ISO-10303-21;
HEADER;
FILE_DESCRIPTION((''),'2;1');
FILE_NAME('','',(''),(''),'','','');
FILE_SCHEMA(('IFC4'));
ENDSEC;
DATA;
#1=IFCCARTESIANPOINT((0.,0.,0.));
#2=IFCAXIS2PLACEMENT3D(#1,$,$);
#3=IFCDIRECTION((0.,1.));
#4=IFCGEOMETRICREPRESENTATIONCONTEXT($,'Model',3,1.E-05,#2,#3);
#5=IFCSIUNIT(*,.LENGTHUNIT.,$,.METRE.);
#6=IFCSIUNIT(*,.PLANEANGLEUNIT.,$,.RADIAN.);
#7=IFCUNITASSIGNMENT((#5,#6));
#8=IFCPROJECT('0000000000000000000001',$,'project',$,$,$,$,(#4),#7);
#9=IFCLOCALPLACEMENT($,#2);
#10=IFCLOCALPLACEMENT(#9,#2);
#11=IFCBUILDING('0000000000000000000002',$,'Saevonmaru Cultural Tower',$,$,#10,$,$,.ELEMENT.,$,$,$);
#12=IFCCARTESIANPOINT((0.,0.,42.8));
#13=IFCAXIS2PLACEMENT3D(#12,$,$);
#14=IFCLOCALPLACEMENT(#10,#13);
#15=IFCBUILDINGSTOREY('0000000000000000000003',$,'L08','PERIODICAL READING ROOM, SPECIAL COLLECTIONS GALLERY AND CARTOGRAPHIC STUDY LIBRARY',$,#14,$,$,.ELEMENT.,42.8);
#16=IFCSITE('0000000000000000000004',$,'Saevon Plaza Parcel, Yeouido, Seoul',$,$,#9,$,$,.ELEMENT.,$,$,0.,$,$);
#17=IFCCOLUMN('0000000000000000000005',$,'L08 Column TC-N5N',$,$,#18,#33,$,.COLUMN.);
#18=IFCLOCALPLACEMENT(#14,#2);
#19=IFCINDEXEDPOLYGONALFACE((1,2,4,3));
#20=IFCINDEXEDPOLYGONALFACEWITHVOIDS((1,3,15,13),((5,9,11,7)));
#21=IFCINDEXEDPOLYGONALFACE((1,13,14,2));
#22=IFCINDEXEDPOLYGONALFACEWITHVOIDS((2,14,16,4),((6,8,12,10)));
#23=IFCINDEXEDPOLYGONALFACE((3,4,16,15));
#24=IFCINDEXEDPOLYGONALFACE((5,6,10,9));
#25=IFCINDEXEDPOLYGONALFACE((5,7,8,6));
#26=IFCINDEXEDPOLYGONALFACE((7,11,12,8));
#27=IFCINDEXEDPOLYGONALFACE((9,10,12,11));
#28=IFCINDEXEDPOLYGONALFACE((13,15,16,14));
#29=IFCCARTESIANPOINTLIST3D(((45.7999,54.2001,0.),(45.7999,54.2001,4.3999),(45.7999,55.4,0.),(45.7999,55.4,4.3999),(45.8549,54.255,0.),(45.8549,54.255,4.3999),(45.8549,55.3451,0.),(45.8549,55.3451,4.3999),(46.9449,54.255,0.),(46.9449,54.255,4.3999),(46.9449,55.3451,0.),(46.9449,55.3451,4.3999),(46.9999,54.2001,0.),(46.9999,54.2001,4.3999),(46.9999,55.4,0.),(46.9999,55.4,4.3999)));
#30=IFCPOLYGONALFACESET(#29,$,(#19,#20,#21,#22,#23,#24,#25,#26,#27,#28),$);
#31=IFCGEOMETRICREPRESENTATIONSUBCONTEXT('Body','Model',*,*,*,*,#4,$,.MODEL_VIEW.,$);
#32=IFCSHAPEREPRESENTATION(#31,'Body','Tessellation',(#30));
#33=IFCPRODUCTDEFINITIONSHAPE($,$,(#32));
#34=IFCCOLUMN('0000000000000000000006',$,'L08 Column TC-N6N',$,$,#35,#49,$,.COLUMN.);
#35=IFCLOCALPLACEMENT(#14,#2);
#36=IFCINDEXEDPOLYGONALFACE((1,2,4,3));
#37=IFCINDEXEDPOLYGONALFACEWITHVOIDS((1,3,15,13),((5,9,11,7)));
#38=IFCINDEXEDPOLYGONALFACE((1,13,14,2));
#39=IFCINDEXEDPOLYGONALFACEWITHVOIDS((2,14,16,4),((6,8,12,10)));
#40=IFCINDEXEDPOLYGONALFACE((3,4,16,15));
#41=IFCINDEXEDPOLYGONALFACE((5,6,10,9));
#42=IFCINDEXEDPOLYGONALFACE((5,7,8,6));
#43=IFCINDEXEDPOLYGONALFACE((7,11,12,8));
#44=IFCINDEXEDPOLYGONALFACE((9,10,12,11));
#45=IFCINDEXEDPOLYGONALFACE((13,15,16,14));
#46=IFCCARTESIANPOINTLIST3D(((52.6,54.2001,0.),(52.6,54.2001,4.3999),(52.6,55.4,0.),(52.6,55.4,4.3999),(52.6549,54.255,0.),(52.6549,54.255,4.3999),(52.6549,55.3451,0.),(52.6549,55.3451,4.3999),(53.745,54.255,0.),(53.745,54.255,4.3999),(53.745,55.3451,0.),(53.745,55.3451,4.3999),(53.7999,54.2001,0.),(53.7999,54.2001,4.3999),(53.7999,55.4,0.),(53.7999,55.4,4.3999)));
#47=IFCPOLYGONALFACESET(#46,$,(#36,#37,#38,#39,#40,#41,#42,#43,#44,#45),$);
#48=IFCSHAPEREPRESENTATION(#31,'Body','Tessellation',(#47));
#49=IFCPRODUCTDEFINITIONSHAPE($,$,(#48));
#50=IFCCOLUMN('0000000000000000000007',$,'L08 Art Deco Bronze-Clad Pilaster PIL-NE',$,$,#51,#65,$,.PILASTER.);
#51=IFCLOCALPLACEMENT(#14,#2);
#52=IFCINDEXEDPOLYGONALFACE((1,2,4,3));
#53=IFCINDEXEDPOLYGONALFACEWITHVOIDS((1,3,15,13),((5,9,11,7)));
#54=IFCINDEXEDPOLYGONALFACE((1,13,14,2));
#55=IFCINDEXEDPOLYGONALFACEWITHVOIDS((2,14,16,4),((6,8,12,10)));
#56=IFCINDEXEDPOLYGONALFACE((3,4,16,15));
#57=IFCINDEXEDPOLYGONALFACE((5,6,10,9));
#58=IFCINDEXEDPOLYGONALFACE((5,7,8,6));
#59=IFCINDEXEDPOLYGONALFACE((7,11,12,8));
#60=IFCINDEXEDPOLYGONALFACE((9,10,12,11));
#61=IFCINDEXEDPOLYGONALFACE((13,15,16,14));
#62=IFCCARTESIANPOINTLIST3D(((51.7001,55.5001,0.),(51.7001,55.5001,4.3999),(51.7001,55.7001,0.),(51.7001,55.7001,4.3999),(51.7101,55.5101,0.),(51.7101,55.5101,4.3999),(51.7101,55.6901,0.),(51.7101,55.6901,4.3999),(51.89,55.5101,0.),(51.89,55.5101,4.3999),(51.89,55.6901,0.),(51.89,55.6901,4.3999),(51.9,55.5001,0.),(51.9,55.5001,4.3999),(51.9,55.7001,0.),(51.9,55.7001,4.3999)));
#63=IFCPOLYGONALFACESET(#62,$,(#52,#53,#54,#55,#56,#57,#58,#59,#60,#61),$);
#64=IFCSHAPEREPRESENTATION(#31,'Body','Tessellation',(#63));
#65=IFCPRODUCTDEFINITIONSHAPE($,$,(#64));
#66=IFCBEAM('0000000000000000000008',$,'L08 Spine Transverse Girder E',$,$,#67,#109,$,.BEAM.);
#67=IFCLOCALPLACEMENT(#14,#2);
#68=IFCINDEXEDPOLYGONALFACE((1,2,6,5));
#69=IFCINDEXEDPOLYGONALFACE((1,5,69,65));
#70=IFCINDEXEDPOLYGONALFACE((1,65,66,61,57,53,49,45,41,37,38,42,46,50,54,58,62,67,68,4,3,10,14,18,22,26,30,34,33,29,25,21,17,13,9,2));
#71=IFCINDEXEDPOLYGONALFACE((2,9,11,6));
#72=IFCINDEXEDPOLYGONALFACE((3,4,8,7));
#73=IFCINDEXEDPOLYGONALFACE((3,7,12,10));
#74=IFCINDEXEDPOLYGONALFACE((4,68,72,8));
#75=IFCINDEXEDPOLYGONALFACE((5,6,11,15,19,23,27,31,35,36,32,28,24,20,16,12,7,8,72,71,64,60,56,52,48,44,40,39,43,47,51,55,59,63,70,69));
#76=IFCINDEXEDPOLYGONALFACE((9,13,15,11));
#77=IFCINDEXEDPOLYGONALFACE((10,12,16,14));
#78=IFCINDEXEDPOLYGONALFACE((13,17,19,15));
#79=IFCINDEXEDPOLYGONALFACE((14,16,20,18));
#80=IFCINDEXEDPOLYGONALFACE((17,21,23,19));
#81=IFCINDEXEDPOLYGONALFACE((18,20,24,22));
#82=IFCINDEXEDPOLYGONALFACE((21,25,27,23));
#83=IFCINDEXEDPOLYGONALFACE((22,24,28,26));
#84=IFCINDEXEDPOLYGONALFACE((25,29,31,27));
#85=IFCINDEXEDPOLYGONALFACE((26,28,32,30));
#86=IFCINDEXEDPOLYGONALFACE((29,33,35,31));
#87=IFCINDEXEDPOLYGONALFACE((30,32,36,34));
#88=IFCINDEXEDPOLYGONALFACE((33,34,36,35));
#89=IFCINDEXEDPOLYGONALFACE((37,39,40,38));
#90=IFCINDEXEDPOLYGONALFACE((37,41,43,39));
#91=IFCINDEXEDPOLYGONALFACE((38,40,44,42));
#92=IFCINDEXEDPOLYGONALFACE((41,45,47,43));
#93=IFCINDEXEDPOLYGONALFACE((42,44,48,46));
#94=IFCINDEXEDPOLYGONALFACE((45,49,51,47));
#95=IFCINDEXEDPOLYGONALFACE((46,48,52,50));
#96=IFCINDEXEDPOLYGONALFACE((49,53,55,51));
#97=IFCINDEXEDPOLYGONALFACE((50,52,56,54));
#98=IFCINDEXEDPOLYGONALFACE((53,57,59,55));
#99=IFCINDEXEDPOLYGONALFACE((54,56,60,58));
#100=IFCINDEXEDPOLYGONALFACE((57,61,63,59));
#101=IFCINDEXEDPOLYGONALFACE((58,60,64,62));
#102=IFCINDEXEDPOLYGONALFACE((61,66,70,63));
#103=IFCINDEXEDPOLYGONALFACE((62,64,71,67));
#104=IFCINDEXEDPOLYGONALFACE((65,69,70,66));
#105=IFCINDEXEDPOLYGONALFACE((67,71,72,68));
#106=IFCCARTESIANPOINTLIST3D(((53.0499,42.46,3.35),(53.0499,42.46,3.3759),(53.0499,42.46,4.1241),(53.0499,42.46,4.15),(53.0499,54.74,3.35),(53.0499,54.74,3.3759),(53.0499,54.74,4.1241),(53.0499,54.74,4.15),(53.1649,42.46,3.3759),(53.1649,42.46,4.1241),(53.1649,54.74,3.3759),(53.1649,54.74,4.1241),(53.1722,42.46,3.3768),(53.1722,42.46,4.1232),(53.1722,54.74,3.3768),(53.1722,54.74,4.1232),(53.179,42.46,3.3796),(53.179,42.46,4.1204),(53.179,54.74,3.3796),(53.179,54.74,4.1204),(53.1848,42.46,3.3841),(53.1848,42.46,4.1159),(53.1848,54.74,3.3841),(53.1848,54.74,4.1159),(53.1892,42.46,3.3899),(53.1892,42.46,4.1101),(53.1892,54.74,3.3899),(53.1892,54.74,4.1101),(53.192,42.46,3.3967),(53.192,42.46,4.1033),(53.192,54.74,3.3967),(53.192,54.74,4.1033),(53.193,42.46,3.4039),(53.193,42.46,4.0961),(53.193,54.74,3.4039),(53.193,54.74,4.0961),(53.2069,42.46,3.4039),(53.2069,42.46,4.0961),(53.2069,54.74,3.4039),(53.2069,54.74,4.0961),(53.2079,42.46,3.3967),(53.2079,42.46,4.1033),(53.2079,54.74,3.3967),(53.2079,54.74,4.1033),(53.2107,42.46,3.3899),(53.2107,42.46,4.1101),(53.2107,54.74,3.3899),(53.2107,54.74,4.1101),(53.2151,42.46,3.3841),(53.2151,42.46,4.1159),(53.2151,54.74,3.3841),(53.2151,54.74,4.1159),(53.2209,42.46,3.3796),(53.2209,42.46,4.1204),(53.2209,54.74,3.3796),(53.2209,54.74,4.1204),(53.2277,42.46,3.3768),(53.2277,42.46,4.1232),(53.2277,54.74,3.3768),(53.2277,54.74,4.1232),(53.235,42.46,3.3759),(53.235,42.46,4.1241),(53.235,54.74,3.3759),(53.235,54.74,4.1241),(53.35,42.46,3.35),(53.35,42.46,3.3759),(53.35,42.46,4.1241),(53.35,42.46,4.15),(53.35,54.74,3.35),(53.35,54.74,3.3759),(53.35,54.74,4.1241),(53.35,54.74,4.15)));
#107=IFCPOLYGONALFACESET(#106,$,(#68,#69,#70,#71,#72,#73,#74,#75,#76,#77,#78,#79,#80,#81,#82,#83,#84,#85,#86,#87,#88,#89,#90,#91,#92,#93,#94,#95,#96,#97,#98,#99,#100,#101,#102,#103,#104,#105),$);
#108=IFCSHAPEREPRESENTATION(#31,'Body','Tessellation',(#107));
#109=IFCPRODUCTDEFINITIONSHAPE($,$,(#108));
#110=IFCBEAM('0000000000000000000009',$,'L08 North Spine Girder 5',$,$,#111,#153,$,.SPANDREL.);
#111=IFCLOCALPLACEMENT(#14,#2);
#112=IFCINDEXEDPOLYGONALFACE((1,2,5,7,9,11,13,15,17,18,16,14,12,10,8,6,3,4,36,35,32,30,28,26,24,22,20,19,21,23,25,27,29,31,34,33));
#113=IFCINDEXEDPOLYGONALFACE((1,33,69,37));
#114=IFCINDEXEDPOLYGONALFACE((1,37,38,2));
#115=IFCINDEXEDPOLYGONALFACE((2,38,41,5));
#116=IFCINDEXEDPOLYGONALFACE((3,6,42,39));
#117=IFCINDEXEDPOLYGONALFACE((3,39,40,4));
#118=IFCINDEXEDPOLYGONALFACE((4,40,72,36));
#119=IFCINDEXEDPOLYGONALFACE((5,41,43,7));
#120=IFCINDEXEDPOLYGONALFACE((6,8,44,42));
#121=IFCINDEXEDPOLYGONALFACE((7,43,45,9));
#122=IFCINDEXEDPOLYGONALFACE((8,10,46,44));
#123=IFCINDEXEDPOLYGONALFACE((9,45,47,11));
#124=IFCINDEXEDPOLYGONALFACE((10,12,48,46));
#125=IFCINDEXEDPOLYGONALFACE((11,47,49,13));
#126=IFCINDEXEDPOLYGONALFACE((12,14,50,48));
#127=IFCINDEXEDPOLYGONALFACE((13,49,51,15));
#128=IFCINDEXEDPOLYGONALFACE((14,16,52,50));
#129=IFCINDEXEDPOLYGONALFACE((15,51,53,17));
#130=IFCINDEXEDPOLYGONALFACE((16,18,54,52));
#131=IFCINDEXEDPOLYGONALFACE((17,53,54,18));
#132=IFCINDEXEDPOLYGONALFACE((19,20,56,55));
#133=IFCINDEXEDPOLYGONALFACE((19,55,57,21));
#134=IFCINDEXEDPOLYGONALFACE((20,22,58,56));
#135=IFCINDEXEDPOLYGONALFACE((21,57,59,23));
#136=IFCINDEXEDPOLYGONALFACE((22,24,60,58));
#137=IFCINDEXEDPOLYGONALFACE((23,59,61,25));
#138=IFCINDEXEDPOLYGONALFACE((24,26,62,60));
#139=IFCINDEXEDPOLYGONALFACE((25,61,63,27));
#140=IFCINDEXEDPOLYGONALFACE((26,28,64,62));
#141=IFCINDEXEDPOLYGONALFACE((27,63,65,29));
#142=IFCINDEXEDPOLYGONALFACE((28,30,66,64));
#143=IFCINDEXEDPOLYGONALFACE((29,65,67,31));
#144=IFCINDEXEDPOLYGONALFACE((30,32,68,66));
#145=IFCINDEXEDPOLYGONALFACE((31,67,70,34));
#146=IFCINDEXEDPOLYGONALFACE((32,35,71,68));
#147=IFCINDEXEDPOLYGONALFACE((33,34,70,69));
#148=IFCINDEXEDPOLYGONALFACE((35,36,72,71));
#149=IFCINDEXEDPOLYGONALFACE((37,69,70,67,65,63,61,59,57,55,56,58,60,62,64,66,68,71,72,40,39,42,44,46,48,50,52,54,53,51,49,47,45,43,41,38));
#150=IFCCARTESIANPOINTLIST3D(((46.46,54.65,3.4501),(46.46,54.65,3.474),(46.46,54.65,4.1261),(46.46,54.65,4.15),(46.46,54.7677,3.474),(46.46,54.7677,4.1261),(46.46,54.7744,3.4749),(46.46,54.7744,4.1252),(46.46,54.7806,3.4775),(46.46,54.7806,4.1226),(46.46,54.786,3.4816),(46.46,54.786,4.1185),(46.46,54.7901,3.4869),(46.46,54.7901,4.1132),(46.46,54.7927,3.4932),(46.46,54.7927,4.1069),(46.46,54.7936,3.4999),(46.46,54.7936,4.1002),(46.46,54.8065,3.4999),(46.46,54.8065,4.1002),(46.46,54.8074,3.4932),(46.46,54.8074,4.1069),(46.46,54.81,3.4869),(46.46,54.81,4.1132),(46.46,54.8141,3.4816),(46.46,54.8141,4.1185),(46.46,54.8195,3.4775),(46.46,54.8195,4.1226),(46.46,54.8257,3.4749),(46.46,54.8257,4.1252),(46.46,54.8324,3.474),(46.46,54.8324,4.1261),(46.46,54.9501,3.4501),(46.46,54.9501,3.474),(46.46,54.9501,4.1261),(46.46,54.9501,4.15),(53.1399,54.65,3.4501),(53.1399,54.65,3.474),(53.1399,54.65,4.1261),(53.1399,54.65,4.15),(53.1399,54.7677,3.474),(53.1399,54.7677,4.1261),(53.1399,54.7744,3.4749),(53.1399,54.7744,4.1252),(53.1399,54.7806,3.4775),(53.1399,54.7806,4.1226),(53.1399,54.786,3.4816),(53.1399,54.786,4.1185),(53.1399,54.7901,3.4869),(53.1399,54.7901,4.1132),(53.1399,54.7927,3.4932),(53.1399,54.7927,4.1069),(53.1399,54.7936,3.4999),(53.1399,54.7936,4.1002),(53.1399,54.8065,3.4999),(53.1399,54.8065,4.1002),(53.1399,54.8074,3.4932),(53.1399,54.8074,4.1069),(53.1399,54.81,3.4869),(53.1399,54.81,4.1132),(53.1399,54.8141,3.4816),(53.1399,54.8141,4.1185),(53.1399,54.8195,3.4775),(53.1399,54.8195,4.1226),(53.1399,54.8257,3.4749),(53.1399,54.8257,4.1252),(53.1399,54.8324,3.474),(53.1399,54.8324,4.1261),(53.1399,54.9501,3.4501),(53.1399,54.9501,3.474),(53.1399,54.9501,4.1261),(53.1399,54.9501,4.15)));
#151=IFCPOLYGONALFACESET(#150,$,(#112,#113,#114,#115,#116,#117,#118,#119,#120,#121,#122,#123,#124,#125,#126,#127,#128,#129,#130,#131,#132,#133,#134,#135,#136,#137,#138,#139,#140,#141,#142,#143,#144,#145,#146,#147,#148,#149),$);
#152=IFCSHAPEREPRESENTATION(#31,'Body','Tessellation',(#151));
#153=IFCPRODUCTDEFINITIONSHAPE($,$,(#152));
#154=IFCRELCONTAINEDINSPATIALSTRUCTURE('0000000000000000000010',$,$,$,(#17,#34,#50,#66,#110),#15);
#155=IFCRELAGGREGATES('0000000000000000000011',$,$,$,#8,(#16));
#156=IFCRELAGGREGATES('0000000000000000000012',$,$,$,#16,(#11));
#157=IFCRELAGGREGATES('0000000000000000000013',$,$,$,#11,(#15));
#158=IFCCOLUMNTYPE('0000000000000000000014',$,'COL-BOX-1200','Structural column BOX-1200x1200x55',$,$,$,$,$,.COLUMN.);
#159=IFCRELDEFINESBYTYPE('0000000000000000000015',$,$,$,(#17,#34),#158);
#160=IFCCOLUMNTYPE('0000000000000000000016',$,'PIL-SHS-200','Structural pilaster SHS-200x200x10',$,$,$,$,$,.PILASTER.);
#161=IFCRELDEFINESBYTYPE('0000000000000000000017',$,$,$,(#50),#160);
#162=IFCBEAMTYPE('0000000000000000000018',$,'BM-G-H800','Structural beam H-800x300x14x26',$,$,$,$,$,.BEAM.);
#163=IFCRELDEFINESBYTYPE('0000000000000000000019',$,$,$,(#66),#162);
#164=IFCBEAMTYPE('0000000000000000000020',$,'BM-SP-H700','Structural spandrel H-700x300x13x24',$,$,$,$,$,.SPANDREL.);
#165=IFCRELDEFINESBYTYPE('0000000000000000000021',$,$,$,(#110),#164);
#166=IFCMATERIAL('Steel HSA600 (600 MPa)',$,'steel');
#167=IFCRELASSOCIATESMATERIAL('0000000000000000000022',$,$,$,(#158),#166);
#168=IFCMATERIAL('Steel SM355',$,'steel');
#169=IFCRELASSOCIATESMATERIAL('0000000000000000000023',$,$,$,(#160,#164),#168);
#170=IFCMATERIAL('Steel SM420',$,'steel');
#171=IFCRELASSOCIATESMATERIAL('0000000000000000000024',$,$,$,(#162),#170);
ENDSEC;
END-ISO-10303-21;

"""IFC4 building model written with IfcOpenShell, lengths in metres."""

from ifc_helpers import new_model, si_unit, direction, frame, origin, origin_2d, place, context, subcontext, project, spatial, hollow_rectangle, i_section, extrude, material, material_profile, profile_set, type_object, element, save


model = new_model("IFC4")

# Units and contexts
model_context = context("Model", 3, precision=1e-05, world=origin(), true_north=direction((0.0, 1.0)))
body_context = subcontext(model_context, "Body", "Model", "MODEL_VIEW")
ifc_project = project(units=[si_unit("LENGTHUNIT", "METRE"), si_unit("PLANEANGLEUNIT", "RADIAN")], contexts=[model_context])

# Site, building, storey
site_placement = place(None, origin())
site = spatial("IfcSite", under=ifc_project, at=site_placement, Name="Saevon Plaza Parcel, Yeouido, Seoul", CompositionType="ELEMENT", RefElevation=0.0)
building_placement = place(site_placement, origin())
building = spatial("IfcBuilding", under=site, at=building_placement, Name="Saevonmaru Cultural Tower", CompositionType="ELEMENT")
storey_placement = place(building_placement, frame((0.0, 0.0, 42.8)))
storey = spatial("IfcBuildingStorey", under=building, at=storey_placement, Name="L08", Description="PERIODICAL READING ROOM, SPECIAL COLLECTIONS GALLERY AND CARTOGRAPHIC STUDY LIBRARY", CompositionType="ELEMENT", Elevation=42.8)

# Columns
ifc_material_1 = material(Name="Steel HSA600 (600 MPa)", Category="steel")
ifc_material_profile_1 = material_profile(ifc_material_1, hollow_rectangle(XDim=1.2, YDim=1.2, WallThickness=0.0549, at=origin_2d()), Name="BOX-1200x1200x55")
ifc_profile_set_1 = profile_set([ifc_material_profile_1], Name="Steel HSA600 (600 MPa)")
column_type_1 = type_object("IfcColumnType", Name="COL-BOX-1200", Description="Structural column BOX-1200x1200x55", PredefinedType="COLUMN", material=ifc_profile_set_1)
for number, where, z_axis, x_axis, name in (
    (1, (46.3999, 54.8, 0.0), (0.0, 0.0, 1.0), (1.0, 0.0, 0.0), "L08 Column TC-N5N"),
    (2, (53.2, 54.8, 0.0), (0.0, 0.0, 1.0), (1.0, 0.0, 0.0), "L08 Column TC-N6N"),
):
    element("IfcColumn", number, at=place(storey_placement, frame(where, z_axis=z_axis, x_axis=x_axis)), inside=storey, type_object=column_type_1, Name=name, PredefinedType="COLUMN", context=body_context, shape_type="SweptSolid", body=[
        extrude(hollow_rectangle(XDim=1.2, YDim=1.2, WallThickness=0.0549, at=origin_2d()), origin(), (0.0, 0.0, 1.0), 4.3999),
    ])
ifc_material_2 = material(Name="Steel SM355", Category="steel")
ifc_material_profile_2 = material_profile(ifc_material_2, hollow_rectangle(XDim=0.2, YDim=0.2, WallThickness=0.01, at=origin_2d()), Name="SHS-200x200x10")
ifc_profile_set_2 = profile_set([ifc_material_profile_2], Name="Steel SM355")
column_type_2 = type_object("IfcColumnType", Name="PIL-SHS-200", Description="Structural pilaster SHS-200x200x10", PredefinedType="PILASTER", material=ifc_profile_set_2)
column_placement = place(storey_placement, frame((51.8, 55.6001, 0.0), z_axis=(0.0, 0.0, 1.0), x_axis=(1.0, 0.0, 0.0)))
element("IfcColumn", 3, at=column_placement, inside=storey, type_object=column_type_2, Name="L08 Art Deco Bronze-Clad Pilaster PIL-NE", PredefinedType="PILASTER", context=body_context, shape_type="SweptSolid", body=[
    extrude(hollow_rectangle(XDim=0.2, YDim=0.2, WallThickness=0.01, at=origin_2d()), origin(), (0.0, 0.0, 1.0), 4.3999),
])

# Beams
ifc_material_3 = material(Name="Steel SM420", Category="steel")
ifc_material_profile_3 = material_profile(ifc_material_3, i_section(OverallWidth=0.3, OverallDepth=0.8, WebThickness=0.0139, FlangeThickness=0.0259, FilletRadius=0.0281, at=origin_2d()), Name="H-800x300x14x26")
ifc_profile_set_3 = profile_set([ifc_material_profile_3], Name="Steel SM420")
beam_type_1 = type_object("IfcBeamType", Name="BM-G-H800", Description="Structural beam H-800x300x14x26", PredefinedType="BEAM", material=ifc_profile_set_3)
beam_1_placement = place(storey_placement, frame((53.2, 54.74, 3.75), z_axis=(0.0, -1.0, 0.0), x_axis=(1.0, 0.0, 0.0)))
element("IfcBeam", 4, at=beam_1_placement, inside=storey, type_object=beam_type_1, Name="L08 Spine Transverse Girder E", PredefinedType="BEAM", context=body_context, shape_type="SweptSolid", body=[
    extrude(i_section(OverallWidth=0.3, OverallDepth=0.8, WebThickness=0.0139, FlangeThickness=0.0259, FilletRadius=0.0281, at=origin_2d()), origin(), (0.0, 0.0, 1.0), 12.28),
])
ifc_material_profile_4 = material_profile(ifc_material_2, i_section(OverallWidth=0.3, OverallDepth=0.7, WebThickness=0.0129, FlangeThickness=0.0239, FilletRadius=0.0259, at=origin_2d()), Name="H-700x300x13x24")
ifc_profile_set_4 = profile_set([ifc_material_profile_4], Name="Steel SM355")
beam_type_2 = type_object("IfcBeamType", Name="BM-SP-H700", Description="Structural spandrel H-700x300x13x24", PredefinedType="SPANDREL", material=ifc_profile_set_4)
beam_2_placement = place(storey_placement, frame((46.46, 54.8, 3.8), z_axis=(1.0, 0.0, 0.0), x_axis=(0.0, 1.0, 0.0)))
element("IfcBeam", 5, at=beam_2_placement, inside=storey, type_object=beam_type_2, Name="L08 North Spine Girder 5", PredefinedType="SPANDREL", context=body_context, shape_type="SweptSolid", body=[
    extrude(i_section(OverallWidth=0.3, OverallDepth=0.7, WebThickness=0.0129, FlangeThickness=0.0239, FilletRadius=0.0259, at=origin_2d()), origin(), (0.0, 0.0, 1.0), 6.6799),
])

save(model, "model.ifc")
